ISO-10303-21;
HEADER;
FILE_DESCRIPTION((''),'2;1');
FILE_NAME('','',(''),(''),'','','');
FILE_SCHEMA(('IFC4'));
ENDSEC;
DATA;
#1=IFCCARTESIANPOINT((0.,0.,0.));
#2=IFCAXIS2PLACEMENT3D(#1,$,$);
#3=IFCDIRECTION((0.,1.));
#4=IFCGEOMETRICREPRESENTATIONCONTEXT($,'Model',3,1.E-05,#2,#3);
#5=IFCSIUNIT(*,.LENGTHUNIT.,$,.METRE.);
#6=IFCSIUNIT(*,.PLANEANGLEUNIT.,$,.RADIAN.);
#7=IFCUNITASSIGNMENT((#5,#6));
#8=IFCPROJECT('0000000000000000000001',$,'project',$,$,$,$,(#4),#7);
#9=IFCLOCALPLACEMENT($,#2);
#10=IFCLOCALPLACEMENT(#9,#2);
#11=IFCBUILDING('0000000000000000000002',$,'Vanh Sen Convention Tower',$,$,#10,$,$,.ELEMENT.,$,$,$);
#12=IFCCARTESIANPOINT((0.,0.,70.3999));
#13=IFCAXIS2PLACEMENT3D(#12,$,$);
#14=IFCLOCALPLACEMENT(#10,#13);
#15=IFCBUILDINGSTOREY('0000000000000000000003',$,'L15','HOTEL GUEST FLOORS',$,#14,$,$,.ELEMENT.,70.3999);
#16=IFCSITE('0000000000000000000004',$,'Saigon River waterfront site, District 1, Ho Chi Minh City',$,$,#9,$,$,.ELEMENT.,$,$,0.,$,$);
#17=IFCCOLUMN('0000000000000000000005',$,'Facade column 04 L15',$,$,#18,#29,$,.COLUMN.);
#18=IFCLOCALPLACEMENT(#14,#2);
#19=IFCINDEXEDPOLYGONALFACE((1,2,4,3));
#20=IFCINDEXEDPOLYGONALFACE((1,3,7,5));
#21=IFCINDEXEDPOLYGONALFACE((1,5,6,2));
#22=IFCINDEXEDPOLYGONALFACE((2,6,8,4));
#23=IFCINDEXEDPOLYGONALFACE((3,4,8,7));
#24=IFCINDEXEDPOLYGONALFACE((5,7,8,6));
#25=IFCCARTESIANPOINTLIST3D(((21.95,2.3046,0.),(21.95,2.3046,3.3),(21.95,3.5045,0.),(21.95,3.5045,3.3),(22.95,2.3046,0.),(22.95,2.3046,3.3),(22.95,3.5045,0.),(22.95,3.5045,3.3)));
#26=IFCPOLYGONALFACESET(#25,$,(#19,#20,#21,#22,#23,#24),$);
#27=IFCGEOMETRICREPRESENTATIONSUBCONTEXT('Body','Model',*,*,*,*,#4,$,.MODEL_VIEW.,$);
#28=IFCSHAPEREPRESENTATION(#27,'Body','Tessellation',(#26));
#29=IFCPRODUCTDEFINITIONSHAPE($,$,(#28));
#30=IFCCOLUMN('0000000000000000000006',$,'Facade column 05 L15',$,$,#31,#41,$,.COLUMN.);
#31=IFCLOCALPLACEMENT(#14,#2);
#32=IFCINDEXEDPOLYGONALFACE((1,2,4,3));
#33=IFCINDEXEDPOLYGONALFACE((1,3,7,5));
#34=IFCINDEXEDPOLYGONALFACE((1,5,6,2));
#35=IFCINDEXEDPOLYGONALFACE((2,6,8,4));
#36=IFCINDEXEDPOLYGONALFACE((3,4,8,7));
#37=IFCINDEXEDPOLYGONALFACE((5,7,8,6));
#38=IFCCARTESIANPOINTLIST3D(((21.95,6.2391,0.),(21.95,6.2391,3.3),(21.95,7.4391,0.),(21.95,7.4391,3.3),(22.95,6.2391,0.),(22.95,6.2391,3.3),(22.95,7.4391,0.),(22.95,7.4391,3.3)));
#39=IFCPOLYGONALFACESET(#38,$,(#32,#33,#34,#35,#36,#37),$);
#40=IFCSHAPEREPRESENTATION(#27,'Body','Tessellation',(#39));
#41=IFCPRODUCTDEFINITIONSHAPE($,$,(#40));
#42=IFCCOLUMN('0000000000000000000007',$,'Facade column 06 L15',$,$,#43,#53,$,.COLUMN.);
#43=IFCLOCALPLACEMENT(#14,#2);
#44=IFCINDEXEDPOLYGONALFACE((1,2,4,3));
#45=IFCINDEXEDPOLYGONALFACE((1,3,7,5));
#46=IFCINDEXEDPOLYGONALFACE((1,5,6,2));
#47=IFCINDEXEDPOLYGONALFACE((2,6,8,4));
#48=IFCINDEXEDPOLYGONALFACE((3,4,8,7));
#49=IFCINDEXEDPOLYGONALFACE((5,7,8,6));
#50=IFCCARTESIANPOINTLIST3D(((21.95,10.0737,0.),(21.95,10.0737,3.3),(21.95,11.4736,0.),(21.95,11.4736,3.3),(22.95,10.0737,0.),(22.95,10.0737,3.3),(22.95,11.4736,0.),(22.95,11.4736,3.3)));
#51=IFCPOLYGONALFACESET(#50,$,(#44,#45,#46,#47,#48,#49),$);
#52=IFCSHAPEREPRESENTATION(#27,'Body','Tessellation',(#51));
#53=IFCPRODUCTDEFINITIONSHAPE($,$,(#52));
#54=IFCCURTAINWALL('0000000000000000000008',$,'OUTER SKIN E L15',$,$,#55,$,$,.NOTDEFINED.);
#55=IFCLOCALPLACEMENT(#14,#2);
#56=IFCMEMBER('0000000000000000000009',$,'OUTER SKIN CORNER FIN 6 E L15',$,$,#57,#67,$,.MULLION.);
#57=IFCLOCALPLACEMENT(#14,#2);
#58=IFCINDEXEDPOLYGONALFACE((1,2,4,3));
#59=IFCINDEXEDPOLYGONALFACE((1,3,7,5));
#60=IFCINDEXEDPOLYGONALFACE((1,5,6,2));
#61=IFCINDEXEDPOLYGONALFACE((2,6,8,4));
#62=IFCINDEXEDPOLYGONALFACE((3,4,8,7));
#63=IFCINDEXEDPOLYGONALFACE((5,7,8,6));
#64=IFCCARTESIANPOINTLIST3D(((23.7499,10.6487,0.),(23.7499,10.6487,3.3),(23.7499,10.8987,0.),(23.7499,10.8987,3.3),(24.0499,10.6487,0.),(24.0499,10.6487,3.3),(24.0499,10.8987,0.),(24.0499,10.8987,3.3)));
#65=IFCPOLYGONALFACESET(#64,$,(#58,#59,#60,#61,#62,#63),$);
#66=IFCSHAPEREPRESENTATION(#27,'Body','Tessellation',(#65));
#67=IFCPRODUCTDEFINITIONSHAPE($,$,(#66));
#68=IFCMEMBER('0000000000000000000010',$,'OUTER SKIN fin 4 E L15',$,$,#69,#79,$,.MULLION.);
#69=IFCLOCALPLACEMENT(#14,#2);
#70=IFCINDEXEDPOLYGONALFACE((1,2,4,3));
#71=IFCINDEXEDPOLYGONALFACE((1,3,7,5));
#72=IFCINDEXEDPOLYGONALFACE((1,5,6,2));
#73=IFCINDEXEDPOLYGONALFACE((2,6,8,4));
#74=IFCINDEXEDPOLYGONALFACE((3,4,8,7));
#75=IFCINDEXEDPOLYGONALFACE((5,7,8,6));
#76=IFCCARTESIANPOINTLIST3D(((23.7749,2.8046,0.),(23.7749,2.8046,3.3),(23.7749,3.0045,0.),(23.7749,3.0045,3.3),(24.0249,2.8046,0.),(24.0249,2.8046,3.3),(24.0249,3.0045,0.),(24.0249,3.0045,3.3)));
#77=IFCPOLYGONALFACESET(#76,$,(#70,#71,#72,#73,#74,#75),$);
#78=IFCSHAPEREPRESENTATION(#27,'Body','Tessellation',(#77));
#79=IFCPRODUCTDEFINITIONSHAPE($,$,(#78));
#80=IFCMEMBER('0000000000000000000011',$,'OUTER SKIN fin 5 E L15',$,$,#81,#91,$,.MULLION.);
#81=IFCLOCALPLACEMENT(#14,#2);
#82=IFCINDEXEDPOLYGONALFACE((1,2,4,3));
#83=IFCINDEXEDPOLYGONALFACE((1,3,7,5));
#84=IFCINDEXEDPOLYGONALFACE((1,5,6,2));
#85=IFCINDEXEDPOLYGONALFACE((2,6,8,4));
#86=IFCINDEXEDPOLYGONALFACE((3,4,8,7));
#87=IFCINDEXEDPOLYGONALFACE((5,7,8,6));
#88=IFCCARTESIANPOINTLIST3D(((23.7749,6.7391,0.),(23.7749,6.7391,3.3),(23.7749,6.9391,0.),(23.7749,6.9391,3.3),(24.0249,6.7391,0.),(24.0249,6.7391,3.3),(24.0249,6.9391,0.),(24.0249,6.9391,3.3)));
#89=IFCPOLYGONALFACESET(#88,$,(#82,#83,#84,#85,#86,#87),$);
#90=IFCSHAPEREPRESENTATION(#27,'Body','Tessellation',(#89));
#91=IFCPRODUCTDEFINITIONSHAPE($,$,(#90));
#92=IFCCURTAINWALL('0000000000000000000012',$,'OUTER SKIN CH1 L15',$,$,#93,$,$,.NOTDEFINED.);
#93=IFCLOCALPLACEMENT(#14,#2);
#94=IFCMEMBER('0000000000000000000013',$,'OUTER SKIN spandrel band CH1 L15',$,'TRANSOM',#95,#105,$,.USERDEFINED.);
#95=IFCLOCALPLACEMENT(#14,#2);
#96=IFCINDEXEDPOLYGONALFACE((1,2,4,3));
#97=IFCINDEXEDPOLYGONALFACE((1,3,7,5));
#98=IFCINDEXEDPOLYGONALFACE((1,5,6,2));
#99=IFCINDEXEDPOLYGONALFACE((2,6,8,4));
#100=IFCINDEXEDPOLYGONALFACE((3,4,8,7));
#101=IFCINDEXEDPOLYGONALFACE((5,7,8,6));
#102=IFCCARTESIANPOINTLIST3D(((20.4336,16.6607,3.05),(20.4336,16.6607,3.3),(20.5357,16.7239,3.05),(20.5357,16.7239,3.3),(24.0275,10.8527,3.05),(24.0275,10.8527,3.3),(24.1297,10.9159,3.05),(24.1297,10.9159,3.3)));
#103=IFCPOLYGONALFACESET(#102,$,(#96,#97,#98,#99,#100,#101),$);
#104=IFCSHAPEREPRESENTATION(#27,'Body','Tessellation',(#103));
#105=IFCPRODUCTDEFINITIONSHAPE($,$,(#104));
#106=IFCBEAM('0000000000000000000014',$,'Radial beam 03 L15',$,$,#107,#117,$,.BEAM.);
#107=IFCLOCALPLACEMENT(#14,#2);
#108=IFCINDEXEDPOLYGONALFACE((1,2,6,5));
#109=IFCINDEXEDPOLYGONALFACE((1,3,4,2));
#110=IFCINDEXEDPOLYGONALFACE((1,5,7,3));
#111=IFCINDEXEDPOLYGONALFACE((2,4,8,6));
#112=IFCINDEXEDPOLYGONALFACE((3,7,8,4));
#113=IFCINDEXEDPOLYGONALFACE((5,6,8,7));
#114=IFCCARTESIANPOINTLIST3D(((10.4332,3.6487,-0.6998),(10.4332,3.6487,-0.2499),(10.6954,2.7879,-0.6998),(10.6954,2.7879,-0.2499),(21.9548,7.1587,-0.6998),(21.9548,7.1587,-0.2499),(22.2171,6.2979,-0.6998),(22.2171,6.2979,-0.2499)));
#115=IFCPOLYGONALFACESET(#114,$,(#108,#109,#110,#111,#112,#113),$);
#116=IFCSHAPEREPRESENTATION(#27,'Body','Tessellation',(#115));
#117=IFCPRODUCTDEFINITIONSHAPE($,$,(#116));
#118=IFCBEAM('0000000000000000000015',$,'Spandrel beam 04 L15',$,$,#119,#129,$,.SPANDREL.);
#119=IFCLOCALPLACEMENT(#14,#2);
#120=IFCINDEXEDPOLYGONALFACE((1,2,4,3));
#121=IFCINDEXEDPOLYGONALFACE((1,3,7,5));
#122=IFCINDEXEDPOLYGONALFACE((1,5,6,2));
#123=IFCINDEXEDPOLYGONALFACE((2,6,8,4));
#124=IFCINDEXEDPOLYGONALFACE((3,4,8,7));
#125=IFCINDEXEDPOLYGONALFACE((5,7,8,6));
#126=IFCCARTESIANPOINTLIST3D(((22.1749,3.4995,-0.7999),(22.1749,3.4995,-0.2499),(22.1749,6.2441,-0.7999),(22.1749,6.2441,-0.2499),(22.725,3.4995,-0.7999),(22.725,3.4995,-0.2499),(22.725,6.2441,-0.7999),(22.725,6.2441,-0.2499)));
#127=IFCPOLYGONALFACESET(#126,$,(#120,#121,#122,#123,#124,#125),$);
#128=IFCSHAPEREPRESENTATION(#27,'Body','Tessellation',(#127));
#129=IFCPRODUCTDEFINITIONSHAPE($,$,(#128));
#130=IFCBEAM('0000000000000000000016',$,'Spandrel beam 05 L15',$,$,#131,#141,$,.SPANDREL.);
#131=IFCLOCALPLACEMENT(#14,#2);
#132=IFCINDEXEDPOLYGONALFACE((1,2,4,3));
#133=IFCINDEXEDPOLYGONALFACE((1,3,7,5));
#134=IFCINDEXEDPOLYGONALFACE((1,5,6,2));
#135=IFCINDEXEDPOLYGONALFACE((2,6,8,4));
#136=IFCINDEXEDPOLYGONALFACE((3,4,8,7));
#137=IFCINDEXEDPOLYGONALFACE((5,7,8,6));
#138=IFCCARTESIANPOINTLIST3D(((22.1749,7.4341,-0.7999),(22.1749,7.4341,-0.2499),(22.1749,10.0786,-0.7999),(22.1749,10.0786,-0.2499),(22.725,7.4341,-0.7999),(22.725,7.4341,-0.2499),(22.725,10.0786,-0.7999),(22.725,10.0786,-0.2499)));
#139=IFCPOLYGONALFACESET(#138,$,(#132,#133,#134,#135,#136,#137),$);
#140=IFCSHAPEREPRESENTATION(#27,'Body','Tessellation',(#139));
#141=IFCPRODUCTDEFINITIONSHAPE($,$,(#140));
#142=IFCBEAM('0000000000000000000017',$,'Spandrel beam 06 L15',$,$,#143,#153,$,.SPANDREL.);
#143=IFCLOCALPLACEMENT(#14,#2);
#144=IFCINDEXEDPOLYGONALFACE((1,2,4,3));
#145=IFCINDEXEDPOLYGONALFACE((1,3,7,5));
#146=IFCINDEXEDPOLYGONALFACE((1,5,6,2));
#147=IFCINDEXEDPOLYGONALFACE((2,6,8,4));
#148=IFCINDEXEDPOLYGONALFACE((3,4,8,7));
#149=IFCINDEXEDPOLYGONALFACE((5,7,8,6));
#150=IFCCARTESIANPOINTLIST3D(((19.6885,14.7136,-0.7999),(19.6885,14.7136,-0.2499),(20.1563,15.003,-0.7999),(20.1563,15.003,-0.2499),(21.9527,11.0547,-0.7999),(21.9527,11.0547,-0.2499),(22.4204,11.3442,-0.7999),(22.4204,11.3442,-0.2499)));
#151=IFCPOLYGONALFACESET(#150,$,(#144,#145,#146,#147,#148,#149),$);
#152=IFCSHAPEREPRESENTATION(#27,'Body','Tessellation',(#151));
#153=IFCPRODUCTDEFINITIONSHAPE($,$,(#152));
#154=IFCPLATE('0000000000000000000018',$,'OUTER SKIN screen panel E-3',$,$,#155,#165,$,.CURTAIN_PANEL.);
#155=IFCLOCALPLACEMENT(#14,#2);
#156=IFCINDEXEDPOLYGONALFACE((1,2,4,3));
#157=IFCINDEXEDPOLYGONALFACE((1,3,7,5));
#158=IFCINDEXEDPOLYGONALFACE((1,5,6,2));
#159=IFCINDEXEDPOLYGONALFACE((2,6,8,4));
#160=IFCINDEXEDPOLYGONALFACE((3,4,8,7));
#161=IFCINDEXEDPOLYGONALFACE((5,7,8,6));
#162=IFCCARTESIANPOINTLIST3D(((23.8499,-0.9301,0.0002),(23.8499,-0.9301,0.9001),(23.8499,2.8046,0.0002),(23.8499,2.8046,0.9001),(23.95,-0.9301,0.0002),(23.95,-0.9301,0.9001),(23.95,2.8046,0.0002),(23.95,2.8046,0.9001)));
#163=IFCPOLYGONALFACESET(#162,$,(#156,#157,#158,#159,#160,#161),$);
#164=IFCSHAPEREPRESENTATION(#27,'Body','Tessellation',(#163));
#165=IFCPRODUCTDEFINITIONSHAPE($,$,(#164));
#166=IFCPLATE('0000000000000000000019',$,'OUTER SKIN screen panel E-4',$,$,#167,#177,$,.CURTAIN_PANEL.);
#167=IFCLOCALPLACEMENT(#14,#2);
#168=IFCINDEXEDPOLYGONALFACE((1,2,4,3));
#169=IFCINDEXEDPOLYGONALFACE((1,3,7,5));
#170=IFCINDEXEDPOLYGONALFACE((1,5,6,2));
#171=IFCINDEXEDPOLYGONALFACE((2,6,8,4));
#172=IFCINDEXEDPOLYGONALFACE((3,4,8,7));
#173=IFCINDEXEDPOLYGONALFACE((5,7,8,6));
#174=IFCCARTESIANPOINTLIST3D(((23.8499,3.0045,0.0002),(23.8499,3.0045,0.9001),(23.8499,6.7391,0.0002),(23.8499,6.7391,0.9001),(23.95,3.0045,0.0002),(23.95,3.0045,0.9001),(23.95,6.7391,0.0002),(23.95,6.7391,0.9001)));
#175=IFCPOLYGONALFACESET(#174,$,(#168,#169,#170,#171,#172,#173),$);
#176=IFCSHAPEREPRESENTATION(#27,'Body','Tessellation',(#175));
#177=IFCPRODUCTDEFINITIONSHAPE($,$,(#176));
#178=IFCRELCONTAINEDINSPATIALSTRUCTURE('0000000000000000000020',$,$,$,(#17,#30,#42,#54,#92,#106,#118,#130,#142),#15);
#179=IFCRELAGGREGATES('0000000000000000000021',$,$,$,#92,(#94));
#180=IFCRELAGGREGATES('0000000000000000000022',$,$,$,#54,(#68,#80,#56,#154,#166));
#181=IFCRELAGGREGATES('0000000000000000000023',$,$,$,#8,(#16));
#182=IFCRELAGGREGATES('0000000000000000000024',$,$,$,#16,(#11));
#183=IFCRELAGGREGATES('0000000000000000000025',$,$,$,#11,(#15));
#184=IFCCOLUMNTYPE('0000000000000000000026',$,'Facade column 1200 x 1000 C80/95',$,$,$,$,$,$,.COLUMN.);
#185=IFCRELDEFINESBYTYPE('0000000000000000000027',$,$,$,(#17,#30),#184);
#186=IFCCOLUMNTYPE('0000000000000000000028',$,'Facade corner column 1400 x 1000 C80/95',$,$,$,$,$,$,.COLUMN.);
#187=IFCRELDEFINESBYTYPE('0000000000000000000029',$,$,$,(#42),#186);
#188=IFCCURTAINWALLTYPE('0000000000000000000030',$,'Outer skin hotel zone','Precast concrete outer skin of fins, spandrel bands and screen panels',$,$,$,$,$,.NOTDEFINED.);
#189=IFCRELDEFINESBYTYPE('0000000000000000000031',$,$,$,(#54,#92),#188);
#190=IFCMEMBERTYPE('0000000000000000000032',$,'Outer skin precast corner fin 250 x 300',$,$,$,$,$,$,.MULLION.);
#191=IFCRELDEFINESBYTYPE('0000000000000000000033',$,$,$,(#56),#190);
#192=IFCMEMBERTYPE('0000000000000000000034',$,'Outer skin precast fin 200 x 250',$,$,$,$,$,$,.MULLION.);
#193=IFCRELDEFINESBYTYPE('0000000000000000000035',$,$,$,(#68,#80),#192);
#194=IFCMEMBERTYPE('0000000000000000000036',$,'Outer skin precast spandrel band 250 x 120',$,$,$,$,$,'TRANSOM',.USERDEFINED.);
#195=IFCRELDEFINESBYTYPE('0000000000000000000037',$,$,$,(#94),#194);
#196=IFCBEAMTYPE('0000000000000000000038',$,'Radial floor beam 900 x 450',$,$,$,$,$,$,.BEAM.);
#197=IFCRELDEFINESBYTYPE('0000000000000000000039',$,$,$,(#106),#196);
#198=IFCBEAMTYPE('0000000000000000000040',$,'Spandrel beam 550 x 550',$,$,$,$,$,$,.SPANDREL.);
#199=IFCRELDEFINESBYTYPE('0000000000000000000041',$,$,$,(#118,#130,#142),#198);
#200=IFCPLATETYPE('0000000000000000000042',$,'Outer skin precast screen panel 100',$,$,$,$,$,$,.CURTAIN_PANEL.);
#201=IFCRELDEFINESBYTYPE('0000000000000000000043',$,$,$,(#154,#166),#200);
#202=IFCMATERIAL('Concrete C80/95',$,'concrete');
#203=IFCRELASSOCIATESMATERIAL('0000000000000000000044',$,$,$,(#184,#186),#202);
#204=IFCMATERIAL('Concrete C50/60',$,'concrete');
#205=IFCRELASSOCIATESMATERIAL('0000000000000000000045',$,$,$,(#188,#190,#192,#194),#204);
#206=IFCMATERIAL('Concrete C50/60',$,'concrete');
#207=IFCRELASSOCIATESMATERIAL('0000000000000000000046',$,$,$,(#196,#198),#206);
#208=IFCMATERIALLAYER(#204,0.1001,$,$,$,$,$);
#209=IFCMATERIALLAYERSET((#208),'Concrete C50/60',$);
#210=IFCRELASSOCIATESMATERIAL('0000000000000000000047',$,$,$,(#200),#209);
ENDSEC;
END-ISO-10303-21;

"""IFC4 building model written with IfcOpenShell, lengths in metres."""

from ifc_helpers import new_model, si_unit, direction, frame, origin, origin_2d, place, context, subcontext, project, spatial, rectangle, extrude, material, layer, layer_set, material_profile, profile_set, type_object, element, aggregate, save


model = new_model("IFC4")

# Units and contexts
model_context = context("Model", 3, precision=1e-05, world=origin(), true_north=direction((0.0, 1.0)))
body_context = subcontext(model_context, "Body", "Model", "MODEL_VIEW")
ifc_project = project(units=[si_unit("LENGTHUNIT", "METRE"), si_unit("PLANEANGLEUNIT", "RADIAN")], contexts=[model_context])

# Site, building, storey
site_placement = place(None, origin())
site = spatial("IfcSite", under=ifc_project, at=site_placement, Name="Saigon River waterfront site, District 1, Ho Chi Minh City", CompositionType="ELEMENT", RefElevation=0.0)
building_placement = place(site_placement, origin())
building = spatial("IfcBuilding", under=site, at=building_placement, Name="Vanh Sen Convention Tower", CompositionType="ELEMENT")
storey_placement = place(building_placement, frame((0.0, 0.0, 70.3999)))
storey = spatial("IfcBuildingStorey", under=building, at=storey_placement, Name="L15", Description="HOTEL GUEST FLOORS", CompositionType="ELEMENT", Elevation=70.3999)

# Columns
ifc_material_1 = material(Name="Concrete C80/95", Category="concrete")
ifc_material_profile_1 = material_profile(ifc_material_1, rectangle(XDim=1.2, YDim=1.0, at=origin_2d()), Name="RC 1200X1000")
ifc_profile_set_1 = profile_set([ifc_material_profile_1], Name="Concrete C80/95")
column_type_1 = type_object("IfcColumnType", Name="Facade column 1200 x 1000 C80/95", PredefinedType="COLUMN", material=ifc_profile_set_1)
for number, where, z_axis, x_axis, name in (
    (1, (22.45, 2.9045, 0.0), (0.0, 0.0, 1.0), (0.0, 1.0, 0.0), "Facade column 04 L15"),
    (2, (22.45, 6.8391, 0.0), (0.0, 0.0, 1.0), (0.0, 1.0, 0.0), "Facade column 05 L15"),
):
    element("IfcColumn", number, at=place(storey_placement, frame(where, z_axis=z_axis, x_axis=x_axis)), inside=storey, type_object=column_type_1, Name=name, PredefinedType="COLUMN", context=body_context, shape_type="SweptSolid", body=[
        extrude(rectangle(XDim=1.2, YDim=1.0, at=origin_2d()), origin(), (0.0, 0.0, 1.0), 3.3),
    ])
ifc_material_profile_2 = material_profile(ifc_material_1, rectangle(XDim=1.3999, YDim=1.0, at=origin_2d()), Name="RC 1400X1000")
ifc_profile_set_2 = profile_set([ifc_material_profile_2], Name="Concrete C80/95")
column_type_2 = type_object("IfcColumnType", Name="Facade corner column 1400 x 1000 C80/95", PredefinedType="COLUMN", material=ifc_profile_set_2)
column_placement = place(storey_placement, frame((22.45, 10.7737, 0.0), z_axis=(0.0, 0.0, 1.0), x_axis=(0.0, 1.0, 0.0)))
element("IfcColumn", 3, at=column_placement, inside=storey, type_object=column_type_2, Name="Facade column 06 L15", PredefinedType="COLUMN", context=body_context, shape_type="SweptSolid", body=[
    extrude(rectangle(XDim=1.3999, YDim=1.0, at=origin_2d()), origin(), (0.0, 0.0, 1.0), 3.3),
])

# Curtain wall, members
ifc_material_2 = material(Name="Concrete C50/60", Category="concrete")
curtain_wall_type = type_object("IfcCurtainWallType", Name="Outer skin hotel zone", Description="Precast concrete outer skin of fins, spandrel bands and screen panels", PredefinedType="NOTDEFINED", material=ifc_material_2)
curtain_wall_1_placement = place(storey_placement, origin())
curtain_wall_1 = element("IfcCurtainWall", 4, at=curtain_wall_1_placement, inside=storey, type_object=curtain_wall_type, Name="OUTER SKIN E L15", PredefinedType="NOTDEFINED")
ifc_material_profile_3 = material_profile(ifc_material_2, rectangle(XDim=0.25, YDim=0.3, at=origin_2d()), Name="Outer skin precast corner fin 250 x 300")
ifc_profile_set_3 = profile_set([ifc_material_profile_3], Name="Concrete C50/60")
member_type_1 = type_object("IfcMemberType", Name="Outer skin precast corner fin 250 x 300", PredefinedType="MULLION", material=ifc_profile_set_3)
member_1_placement = place(storey_placement, frame((23.8999, 10.7737, 0.0), z_axis=(0.0, 0.0, 1.0), x_axis=(0.0, 1.0, 0.0)))
member_1 = element("IfcMember", 5, at=member_1_placement, type_object=member_type_1, Name="OUTER SKIN CORNER FIN 6 E L15", PredefinedType="MULLION", context=body_context, shape_type="SweptSolid", body=[
    extrude(rectangle(XDim=0.25, YDim=0.3, at=origin_2d()), origin(), (0.0, 0.0, 1.0), 3.3),
])
ifc_material_profile_4 = material_profile(ifc_material_2, rectangle(XDim=0.2, YDim=0.25, at=origin_2d()), Name="Outer skin precast fin 200 x 250")
ifc_profile_set_4 = profile_set([ifc_material_profile_4], Name="Concrete C50/60")
member_type_2 = type_object("IfcMemberType", Name="Outer skin precast fin 200 x 250", PredefinedType="MULLION", material=ifc_profile_set_4)
member_2_placement = place(storey_placement, frame((23.8999, 2.9045, 0.0), z_axis=(0.0, 0.0, 1.0), x_axis=(0.0, 1.0, 0.0)))
member_2 = element("IfcMember", 6, at=member_2_placement, type_object=member_type_2, Name="OUTER SKIN fin 4 E L15", PredefinedType="MULLION", context=body_context, shape_type="SweptSolid", body=[
    extrude(rectangle(XDim=0.2, YDim=0.25, at=origin_2d()), origin(), (0.0, 0.0, 1.0), 3.3),
])
member_3_placement = place(storey_placement, frame((23.8999, 6.8391, 0.0), z_axis=(0.0, 0.0, 1.0), x_axis=(0.0, 1.0, 0.0)))
member_3 = element("IfcMember", 7, at=member_3_placement, type_object=member_type_2, Name="OUTER SKIN fin 5 E L15", PredefinedType="MULLION", context=body_context, shape_type="SweptSolid", body=[
    extrude(rectangle(XDim=0.2, YDim=0.25, at=origin_2d()), origin(), (0.0, 0.0, 1.0), 3.3),
])

# Curtain wall, member
curtain_wall_2_placement = place(storey_placement, origin())
curtain_wall_2 = element("IfcCurtainWall", 8, at=curtain_wall_2_placement, inside=storey, type_object=curtain_wall_type, Name="OUTER SKIN CH1 L15", PredefinedType="NOTDEFINED")
ifc_material_profile_5 = material_profile(ifc_material_2, rectangle(XDim=0.1201, YDim=0.25, at=origin_2d()), Name="Outer skin precast spandrel band 250 x 120")
ifc_profile_set_5 = profile_set([ifc_material_profile_5], Name="Concrete C50/60")
member_type_3 = type_object("IfcMemberType", Name="Outer skin precast spandrel band 250 x 120", ElementType="TRANSOM", PredefinedType="USERDEFINED", material=ifc_profile_set_5)
member_4_placement = place(storey_placement, frame((24.0786, 10.8843, 3.175), z_axis=(-0.526196, 0.850363, 0.0), x_axis=(-0.850363, -0.526196, 0.0)))
member_4 = element("IfcMember", 9, at=member_4_placement, type_object=member_type_3, Name="OUTER SKIN spandrel band CH1 L15", ObjectType="TRANSOM", PredefinedType="USERDEFINED", context=body_context, shape_type="SweptSolid", body=[
    extrude(rectangle(XDim=0.1201, YDim=0.25, at=origin_2d()), origin(), (0.0, 0.0, 1.0), 6.8301),
])
aggregate(curtain_wall_2, [member_4])

# Beams
ifc_material_3 = material(Name="Concrete C50/60", Category="concrete")
ifc_material_profile_6 = material_profile(ifc_material_3, rectangle(XDim=0.8999, YDim=0.45, at=origin_2d()), Name="RC 900X450")
ifc_profile_set_6 = profile_set([ifc_material_profile_6], Name="Concrete C50/60")
beam_type_1 = type_object("IfcBeamType", Name="Radial floor beam 900 x 450", PredefinedType="BEAM", material=ifc_profile_set_6)
beam_1_placement = place(storey_placement, frame((22.0859, 6.7283, -0.4749), z_axis=(-0.956595, -0.29142, 0.0), x_axis=(0.29142, -0.956595, 0.0)))
element("IfcBeam", 10, at=beam_1_placement, inside=storey, type_object=beam_type_1, Name="Radial beam 03 L15", PredefinedType="BEAM", context=body_context, shape_type="SweptSolid", body=[
    extrude(rectangle(XDim=0.8999, YDim=0.45, at=origin_2d()), origin(), (0.0, 0.0, 1.0), 12.0444),
])
ifc_material_profile_7 = material_profile(ifc_material_3, rectangle(XDim=0.55, YDim=0.55, at=origin_2d()), Name="RC 550X550")
ifc_profile_set_7 = profile_set([ifc_material_profile_7], Name="Concrete C50/60")
beam_type_2 = type_object("IfcBeamType", Name="Spandrel beam 550 x 550", PredefinedType="SPANDREL", material=ifc_profile_set_7)
beam_2_placement = place(storey_placement, frame((22.45, 3.4995, -0.5249), z_axis=(0.0, 1.0, 0.0), x_axis=(-1.0, 0.0, 0.0)))
element("IfcBeam", 11, at=beam_2_placement, inside=storey, type_object=beam_type_2, Name="Spandrel beam 04 L15", PredefinedType="SPANDREL", context=body_context, shape_type="SweptSolid", body=[
    extrude(rectangle(XDim=0.55, YDim=0.55, at=origin_2d()), origin(), (0.0, 0.0, 1.0), 2.7446),
])
beam_3_placement = place(storey_placement, frame((22.45, 7.4341, -0.5249), z_axis=(0.0, 1.0, 0.0), x_axis=(-1.0, 0.0, 0.0)))
element("IfcBeam", 12, at=beam_3_placement, inside=storey, type_object=beam_type_2, Name="Spandrel beam 05 L15", PredefinedType="SPANDREL", context=body_context, shape_type="SweptSolid", body=[
    extrude(rectangle(XDim=0.55, YDim=0.55, at=origin_2d()), origin(), (0.0, 0.0, 1.0), 2.6445),
])
beam_4_placement = place(storey_placement, frame((22.1865, 11.1995, -0.5249), z_axis=(-0.526204, 0.850358, 0.0), x_axis=(-0.850358, -0.526204, 0.0)))
element("IfcBeam", 13, at=beam_4_placement, inside=storey, type_object=beam_type_2, Name="Spandrel beam 06 L15", PredefinedType="SPANDREL", context=body_context, shape_type="SweptSolid", body=[
    extrude(rectangle(XDim=0.55, YDim=0.55, at=origin_2d()), origin(), (0.0, 0.0, 1.0), 4.3027),
])

# Plates
ifc_layer_1 = layer(ifc_material_2, 0.1001)
ifc_layer_set_1 = layer_set([ifc_layer_1], Name="Concrete C50/60")
plate_type = type_object("IfcPlateType", Name="Outer skin precast screen panel 100", PredefinedType="CURTAIN_PANEL", material=ifc_layer_set_1)
plate_1_placement = place(storey_placement, frame((23.8999, 0.9373, 0.0002), z_axis=(0.0, 0.0, 1.0), x_axis=(0.0, 1.0, 0.0)))
plate_1 = element("IfcPlate", 14, at=plate_1_placement, type_object=plate_type, Name="OUTER SKIN screen panel E-3", PredefinedType="CURTAIN_PANEL", context=body_context, shape_type="SweptSolid", body=[
    extrude(rectangle(XDim=3.7346, YDim=0.1001, at=origin_2d()), origin(), (0.0, 0.0, 1.0), 0.8999),
])
plate_2_placement = place(storey_placement, frame((23.8999, 4.8718, 0.0002), z_axis=(0.0, 0.0, 1.0), x_axis=(0.0, 1.0, 0.0)))
plate_2 = element("IfcPlate", 15, at=plate_2_placement, type_object=plate_type, Name="OUTER SKIN screen panel E-4", PredefinedType="CURTAIN_PANEL", context=body_context, shape_type="SweptSolid", body=[
    extrude(rectangle(XDim=3.7346, YDim=0.1001, at=origin_2d()), origin(), (0.0, 0.0, 1.0), 0.8999),
])
aggregate(curtain_wall_1, [member_2, member_3, member_1, plate_1, plate_2])

save(model, "model.ifc")
